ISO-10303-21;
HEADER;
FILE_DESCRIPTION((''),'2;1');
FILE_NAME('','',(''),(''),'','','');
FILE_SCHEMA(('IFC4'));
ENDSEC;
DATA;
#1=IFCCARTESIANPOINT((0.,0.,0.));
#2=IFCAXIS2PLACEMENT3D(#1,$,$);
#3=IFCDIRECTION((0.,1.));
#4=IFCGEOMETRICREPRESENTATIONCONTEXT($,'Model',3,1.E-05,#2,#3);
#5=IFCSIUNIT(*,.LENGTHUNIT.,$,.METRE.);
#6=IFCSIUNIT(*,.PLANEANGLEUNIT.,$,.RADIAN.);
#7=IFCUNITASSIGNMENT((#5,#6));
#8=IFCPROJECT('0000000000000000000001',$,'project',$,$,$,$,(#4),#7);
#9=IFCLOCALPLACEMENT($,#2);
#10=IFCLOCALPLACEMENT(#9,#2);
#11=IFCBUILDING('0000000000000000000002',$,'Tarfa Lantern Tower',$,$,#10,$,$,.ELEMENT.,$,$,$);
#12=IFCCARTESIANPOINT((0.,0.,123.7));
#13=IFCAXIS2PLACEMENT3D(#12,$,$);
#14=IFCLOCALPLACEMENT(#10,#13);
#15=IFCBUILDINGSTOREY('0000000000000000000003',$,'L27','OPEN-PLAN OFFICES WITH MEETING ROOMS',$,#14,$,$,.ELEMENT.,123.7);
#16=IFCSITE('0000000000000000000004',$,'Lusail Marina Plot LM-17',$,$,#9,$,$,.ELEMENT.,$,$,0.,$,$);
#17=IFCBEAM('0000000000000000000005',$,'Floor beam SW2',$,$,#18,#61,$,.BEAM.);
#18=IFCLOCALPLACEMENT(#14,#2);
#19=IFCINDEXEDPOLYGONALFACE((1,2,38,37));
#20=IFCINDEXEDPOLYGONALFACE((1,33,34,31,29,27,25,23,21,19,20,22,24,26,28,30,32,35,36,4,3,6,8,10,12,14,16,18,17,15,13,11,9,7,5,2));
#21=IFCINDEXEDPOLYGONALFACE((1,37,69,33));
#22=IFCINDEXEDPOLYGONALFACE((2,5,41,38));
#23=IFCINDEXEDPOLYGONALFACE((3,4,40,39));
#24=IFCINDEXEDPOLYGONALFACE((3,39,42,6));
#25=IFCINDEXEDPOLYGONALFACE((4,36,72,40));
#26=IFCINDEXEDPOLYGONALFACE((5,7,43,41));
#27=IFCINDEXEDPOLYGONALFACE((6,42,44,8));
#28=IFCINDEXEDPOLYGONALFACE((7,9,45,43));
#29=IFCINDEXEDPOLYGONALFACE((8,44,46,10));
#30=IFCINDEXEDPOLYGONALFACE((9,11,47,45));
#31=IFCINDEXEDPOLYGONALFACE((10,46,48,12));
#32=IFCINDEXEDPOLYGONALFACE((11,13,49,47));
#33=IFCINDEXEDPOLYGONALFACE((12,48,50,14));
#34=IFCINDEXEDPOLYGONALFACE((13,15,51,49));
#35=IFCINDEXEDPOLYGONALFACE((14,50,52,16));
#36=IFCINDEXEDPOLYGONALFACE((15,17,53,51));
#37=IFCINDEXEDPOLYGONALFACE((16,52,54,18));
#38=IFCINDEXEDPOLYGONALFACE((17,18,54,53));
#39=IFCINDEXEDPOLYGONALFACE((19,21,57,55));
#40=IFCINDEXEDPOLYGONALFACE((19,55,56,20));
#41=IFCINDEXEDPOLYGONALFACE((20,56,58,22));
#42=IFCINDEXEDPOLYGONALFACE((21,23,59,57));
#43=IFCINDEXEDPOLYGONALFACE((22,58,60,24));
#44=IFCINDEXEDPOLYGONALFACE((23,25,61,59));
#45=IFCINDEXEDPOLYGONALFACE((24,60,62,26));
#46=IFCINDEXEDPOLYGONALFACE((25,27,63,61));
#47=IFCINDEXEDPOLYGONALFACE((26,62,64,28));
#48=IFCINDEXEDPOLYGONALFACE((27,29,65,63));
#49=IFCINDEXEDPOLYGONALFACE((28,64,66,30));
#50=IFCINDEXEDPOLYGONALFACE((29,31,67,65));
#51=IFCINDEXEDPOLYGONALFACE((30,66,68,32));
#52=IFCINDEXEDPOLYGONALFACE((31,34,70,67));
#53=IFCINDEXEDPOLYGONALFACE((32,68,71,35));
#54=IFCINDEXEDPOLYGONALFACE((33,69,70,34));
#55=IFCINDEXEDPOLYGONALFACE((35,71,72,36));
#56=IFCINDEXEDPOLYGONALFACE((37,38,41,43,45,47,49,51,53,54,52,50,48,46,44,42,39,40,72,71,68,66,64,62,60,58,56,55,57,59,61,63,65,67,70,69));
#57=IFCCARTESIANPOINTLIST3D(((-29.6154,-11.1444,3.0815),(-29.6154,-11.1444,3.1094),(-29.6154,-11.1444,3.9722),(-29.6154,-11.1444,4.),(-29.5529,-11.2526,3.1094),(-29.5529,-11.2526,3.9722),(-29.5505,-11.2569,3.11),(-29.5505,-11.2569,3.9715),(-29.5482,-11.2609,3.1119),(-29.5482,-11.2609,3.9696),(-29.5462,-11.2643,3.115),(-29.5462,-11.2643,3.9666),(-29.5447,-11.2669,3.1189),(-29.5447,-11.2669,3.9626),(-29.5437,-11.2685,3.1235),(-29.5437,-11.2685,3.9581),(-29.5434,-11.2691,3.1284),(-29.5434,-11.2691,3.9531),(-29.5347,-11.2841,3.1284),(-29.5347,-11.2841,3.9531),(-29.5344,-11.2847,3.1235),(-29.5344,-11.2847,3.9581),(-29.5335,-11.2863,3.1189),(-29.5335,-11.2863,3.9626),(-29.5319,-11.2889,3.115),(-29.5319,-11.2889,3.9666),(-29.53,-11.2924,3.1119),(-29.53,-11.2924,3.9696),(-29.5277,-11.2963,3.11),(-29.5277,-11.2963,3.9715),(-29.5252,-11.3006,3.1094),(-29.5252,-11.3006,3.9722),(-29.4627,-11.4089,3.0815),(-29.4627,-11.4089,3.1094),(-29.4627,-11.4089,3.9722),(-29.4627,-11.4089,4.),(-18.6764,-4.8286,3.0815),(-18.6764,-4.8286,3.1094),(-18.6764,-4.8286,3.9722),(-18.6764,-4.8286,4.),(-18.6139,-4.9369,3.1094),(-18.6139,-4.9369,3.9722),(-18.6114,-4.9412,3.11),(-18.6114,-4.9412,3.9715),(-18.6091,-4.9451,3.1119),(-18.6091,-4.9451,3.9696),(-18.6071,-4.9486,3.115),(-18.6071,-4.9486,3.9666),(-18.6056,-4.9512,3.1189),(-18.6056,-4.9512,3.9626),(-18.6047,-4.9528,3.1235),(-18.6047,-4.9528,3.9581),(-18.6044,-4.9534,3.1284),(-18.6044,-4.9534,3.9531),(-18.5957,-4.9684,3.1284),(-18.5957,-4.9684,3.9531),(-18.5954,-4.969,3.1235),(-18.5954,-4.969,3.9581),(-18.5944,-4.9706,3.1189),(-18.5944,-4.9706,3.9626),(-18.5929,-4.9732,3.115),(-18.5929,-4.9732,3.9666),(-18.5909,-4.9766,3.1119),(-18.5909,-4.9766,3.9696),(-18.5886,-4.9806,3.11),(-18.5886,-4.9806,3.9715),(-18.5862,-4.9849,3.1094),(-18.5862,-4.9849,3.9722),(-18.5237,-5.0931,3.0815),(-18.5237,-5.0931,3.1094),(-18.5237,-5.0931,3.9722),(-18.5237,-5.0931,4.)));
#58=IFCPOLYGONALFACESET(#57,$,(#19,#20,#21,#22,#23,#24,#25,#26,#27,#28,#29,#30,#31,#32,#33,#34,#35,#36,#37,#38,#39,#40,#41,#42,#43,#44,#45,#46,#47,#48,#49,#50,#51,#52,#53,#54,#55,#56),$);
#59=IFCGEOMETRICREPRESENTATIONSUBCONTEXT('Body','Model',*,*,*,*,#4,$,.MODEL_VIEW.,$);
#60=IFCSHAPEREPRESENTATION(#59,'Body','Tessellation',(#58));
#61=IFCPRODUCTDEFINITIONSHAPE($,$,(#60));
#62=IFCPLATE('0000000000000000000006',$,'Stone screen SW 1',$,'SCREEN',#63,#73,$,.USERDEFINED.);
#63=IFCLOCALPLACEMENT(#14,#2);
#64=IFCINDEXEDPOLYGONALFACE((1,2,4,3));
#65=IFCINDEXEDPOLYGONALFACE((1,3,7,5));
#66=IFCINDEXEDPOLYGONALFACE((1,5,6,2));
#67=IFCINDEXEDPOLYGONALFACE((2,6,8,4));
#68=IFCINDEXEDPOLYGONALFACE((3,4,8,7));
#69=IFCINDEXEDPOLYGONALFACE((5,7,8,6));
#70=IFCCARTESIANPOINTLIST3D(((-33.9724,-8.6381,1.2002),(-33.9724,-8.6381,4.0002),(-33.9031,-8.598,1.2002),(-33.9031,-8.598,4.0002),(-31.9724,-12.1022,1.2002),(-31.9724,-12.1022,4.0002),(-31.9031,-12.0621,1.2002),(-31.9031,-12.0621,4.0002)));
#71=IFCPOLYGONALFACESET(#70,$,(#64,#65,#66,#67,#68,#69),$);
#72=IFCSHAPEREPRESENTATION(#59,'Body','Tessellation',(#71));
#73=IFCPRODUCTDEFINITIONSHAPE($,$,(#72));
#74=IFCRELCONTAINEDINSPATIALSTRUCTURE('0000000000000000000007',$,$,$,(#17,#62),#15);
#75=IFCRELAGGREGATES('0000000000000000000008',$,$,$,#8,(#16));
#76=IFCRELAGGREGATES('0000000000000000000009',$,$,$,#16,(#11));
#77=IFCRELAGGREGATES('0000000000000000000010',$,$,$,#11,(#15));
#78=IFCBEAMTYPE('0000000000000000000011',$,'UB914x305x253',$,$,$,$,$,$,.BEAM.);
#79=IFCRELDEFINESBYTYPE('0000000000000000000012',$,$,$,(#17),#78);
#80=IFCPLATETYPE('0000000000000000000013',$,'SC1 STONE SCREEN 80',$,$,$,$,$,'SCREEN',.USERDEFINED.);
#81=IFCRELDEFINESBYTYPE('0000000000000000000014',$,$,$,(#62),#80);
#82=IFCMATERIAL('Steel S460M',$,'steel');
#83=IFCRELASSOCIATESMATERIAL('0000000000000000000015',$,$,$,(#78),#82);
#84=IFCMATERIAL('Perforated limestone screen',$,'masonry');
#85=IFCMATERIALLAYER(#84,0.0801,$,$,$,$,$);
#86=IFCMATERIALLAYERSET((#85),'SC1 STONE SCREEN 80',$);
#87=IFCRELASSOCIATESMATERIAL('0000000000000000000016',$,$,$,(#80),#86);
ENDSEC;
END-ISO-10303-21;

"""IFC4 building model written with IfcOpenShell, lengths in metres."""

from ifc_helpers import new_model, si_unit, direction, frame, origin, origin_2d, place, context, subcontext, project, spatial, rectangle, i_section, extrude, material, layer, layer_set, material_profile, profile_set, type_object, element, save


model = new_model("IFC4")

# Units and contexts
model_context = context("Model", 3, precision=1e-05, world=origin(), true_north=direction((0.0, 1.0)))
body_context = subcontext(model_context, "Body", "Model", "MODEL_VIEW")
ifc_project = project(units=[si_unit("LENGTHUNIT", "METRE"), si_unit("PLANEANGLEUNIT", "RADIAN")], contexts=[model_context])

# Site, building, storey
site_placement = place(None, origin())
site = spatial("IfcSite", under=ifc_project, at=site_placement, Name="Lusail Marina Plot LM-17", CompositionType="ELEMENT", RefElevation=0.0)
building_placement = place(site_placement, origin())
building = spatial("IfcBuilding", under=site, at=building_placement, Name="Tarfa Lantern Tower", CompositionType="ELEMENT")
storey_placement = place(building_placement, frame((0.0, 0.0, 123.7)))
storey = spatial("IfcBuildingStorey", under=building, at=storey_placement, Name="L27", Description="OPEN-PLAN OFFICES WITH MEETING ROOMS", CompositionType="ELEMENT", Elevation=123.7)

# Beam
ifc_material_1 = material(Name="Steel S460M", Category="steel")
ifc_material_profile_1 = material_profile(ifc_material_1, i_section(OverallWidth=0.3054, OverallDepth=0.9185, WebThickness=0.0173, FlangeThickness=0.0278, FilletRadius=0.019, at=origin_2d()), Name="UB914x305x253")
ifc_profile_set_1 = profile_set([ifc_material_profile_1], Name="Steel S460M")
beam_type_1 = type_object("IfcBeamType", Name="UB914x305x253", PredefinedType="BEAM", material=ifc_profile_set_1)
beam_1_placement = place(storey_placement, frame((-29.5391, -11.2766, 3.5408), z_axis=(0.866023, 0.500004, 0.0), x_axis=(-0.500004, 0.866023, 0.0)))
element("IfcBeam", 1, at=beam_1_placement, inside=storey, type_object=beam_type_1, Name="Floor beam SW2", PredefinedType="BEAM", context=body_context, shape_type="SweptSolid", body=[
    extrude(i_section(OverallWidth=0.3054, OverallDepth=0.9185, WebThickness=0.0173, FlangeThickness=0.0278, FilletRadius=0.019, at=origin_2d()), origin(), (0.0, 0.0, 1.0), 12.6313),
])

# Plate
ifc_material_2 = material(Name="Perforated limestone screen", Category="masonry")
ifc_layer_1 = layer(ifc_material_2, 0.0801)
ifc_layer_set_1 = layer_set([ifc_layer_1], Name="SC1 STONE SCREEN 80")
plate_type = type_object("IfcPlateType", Name="SC1 STONE SCREEN 80", ElementType="SCREEN", PredefinedType="USERDEFINED", material=ifc_layer_set_1)
plate_placement = place(storey_placement, frame((-32.9377, -10.3501, 1.2002), z_axis=(0.0, 0.0, 1.0), x_axis=(0.5, -0.866025, 0.0)))
element("IfcPlate", 2, at=plate_placement, inside=storey, type_object=plate_type, Name="Stone screen SW 1", ObjectType="SCREEN", PredefinedType="USERDEFINED", context=body_context, shape_type="SweptSolid", body=[
    extrude(rectangle(XDim=4.0, YDim=0.0801, at=origin_2d()), origin(), (0.0, 0.0, 1.0), 2.8),
])

save(model, "model.ifc")
